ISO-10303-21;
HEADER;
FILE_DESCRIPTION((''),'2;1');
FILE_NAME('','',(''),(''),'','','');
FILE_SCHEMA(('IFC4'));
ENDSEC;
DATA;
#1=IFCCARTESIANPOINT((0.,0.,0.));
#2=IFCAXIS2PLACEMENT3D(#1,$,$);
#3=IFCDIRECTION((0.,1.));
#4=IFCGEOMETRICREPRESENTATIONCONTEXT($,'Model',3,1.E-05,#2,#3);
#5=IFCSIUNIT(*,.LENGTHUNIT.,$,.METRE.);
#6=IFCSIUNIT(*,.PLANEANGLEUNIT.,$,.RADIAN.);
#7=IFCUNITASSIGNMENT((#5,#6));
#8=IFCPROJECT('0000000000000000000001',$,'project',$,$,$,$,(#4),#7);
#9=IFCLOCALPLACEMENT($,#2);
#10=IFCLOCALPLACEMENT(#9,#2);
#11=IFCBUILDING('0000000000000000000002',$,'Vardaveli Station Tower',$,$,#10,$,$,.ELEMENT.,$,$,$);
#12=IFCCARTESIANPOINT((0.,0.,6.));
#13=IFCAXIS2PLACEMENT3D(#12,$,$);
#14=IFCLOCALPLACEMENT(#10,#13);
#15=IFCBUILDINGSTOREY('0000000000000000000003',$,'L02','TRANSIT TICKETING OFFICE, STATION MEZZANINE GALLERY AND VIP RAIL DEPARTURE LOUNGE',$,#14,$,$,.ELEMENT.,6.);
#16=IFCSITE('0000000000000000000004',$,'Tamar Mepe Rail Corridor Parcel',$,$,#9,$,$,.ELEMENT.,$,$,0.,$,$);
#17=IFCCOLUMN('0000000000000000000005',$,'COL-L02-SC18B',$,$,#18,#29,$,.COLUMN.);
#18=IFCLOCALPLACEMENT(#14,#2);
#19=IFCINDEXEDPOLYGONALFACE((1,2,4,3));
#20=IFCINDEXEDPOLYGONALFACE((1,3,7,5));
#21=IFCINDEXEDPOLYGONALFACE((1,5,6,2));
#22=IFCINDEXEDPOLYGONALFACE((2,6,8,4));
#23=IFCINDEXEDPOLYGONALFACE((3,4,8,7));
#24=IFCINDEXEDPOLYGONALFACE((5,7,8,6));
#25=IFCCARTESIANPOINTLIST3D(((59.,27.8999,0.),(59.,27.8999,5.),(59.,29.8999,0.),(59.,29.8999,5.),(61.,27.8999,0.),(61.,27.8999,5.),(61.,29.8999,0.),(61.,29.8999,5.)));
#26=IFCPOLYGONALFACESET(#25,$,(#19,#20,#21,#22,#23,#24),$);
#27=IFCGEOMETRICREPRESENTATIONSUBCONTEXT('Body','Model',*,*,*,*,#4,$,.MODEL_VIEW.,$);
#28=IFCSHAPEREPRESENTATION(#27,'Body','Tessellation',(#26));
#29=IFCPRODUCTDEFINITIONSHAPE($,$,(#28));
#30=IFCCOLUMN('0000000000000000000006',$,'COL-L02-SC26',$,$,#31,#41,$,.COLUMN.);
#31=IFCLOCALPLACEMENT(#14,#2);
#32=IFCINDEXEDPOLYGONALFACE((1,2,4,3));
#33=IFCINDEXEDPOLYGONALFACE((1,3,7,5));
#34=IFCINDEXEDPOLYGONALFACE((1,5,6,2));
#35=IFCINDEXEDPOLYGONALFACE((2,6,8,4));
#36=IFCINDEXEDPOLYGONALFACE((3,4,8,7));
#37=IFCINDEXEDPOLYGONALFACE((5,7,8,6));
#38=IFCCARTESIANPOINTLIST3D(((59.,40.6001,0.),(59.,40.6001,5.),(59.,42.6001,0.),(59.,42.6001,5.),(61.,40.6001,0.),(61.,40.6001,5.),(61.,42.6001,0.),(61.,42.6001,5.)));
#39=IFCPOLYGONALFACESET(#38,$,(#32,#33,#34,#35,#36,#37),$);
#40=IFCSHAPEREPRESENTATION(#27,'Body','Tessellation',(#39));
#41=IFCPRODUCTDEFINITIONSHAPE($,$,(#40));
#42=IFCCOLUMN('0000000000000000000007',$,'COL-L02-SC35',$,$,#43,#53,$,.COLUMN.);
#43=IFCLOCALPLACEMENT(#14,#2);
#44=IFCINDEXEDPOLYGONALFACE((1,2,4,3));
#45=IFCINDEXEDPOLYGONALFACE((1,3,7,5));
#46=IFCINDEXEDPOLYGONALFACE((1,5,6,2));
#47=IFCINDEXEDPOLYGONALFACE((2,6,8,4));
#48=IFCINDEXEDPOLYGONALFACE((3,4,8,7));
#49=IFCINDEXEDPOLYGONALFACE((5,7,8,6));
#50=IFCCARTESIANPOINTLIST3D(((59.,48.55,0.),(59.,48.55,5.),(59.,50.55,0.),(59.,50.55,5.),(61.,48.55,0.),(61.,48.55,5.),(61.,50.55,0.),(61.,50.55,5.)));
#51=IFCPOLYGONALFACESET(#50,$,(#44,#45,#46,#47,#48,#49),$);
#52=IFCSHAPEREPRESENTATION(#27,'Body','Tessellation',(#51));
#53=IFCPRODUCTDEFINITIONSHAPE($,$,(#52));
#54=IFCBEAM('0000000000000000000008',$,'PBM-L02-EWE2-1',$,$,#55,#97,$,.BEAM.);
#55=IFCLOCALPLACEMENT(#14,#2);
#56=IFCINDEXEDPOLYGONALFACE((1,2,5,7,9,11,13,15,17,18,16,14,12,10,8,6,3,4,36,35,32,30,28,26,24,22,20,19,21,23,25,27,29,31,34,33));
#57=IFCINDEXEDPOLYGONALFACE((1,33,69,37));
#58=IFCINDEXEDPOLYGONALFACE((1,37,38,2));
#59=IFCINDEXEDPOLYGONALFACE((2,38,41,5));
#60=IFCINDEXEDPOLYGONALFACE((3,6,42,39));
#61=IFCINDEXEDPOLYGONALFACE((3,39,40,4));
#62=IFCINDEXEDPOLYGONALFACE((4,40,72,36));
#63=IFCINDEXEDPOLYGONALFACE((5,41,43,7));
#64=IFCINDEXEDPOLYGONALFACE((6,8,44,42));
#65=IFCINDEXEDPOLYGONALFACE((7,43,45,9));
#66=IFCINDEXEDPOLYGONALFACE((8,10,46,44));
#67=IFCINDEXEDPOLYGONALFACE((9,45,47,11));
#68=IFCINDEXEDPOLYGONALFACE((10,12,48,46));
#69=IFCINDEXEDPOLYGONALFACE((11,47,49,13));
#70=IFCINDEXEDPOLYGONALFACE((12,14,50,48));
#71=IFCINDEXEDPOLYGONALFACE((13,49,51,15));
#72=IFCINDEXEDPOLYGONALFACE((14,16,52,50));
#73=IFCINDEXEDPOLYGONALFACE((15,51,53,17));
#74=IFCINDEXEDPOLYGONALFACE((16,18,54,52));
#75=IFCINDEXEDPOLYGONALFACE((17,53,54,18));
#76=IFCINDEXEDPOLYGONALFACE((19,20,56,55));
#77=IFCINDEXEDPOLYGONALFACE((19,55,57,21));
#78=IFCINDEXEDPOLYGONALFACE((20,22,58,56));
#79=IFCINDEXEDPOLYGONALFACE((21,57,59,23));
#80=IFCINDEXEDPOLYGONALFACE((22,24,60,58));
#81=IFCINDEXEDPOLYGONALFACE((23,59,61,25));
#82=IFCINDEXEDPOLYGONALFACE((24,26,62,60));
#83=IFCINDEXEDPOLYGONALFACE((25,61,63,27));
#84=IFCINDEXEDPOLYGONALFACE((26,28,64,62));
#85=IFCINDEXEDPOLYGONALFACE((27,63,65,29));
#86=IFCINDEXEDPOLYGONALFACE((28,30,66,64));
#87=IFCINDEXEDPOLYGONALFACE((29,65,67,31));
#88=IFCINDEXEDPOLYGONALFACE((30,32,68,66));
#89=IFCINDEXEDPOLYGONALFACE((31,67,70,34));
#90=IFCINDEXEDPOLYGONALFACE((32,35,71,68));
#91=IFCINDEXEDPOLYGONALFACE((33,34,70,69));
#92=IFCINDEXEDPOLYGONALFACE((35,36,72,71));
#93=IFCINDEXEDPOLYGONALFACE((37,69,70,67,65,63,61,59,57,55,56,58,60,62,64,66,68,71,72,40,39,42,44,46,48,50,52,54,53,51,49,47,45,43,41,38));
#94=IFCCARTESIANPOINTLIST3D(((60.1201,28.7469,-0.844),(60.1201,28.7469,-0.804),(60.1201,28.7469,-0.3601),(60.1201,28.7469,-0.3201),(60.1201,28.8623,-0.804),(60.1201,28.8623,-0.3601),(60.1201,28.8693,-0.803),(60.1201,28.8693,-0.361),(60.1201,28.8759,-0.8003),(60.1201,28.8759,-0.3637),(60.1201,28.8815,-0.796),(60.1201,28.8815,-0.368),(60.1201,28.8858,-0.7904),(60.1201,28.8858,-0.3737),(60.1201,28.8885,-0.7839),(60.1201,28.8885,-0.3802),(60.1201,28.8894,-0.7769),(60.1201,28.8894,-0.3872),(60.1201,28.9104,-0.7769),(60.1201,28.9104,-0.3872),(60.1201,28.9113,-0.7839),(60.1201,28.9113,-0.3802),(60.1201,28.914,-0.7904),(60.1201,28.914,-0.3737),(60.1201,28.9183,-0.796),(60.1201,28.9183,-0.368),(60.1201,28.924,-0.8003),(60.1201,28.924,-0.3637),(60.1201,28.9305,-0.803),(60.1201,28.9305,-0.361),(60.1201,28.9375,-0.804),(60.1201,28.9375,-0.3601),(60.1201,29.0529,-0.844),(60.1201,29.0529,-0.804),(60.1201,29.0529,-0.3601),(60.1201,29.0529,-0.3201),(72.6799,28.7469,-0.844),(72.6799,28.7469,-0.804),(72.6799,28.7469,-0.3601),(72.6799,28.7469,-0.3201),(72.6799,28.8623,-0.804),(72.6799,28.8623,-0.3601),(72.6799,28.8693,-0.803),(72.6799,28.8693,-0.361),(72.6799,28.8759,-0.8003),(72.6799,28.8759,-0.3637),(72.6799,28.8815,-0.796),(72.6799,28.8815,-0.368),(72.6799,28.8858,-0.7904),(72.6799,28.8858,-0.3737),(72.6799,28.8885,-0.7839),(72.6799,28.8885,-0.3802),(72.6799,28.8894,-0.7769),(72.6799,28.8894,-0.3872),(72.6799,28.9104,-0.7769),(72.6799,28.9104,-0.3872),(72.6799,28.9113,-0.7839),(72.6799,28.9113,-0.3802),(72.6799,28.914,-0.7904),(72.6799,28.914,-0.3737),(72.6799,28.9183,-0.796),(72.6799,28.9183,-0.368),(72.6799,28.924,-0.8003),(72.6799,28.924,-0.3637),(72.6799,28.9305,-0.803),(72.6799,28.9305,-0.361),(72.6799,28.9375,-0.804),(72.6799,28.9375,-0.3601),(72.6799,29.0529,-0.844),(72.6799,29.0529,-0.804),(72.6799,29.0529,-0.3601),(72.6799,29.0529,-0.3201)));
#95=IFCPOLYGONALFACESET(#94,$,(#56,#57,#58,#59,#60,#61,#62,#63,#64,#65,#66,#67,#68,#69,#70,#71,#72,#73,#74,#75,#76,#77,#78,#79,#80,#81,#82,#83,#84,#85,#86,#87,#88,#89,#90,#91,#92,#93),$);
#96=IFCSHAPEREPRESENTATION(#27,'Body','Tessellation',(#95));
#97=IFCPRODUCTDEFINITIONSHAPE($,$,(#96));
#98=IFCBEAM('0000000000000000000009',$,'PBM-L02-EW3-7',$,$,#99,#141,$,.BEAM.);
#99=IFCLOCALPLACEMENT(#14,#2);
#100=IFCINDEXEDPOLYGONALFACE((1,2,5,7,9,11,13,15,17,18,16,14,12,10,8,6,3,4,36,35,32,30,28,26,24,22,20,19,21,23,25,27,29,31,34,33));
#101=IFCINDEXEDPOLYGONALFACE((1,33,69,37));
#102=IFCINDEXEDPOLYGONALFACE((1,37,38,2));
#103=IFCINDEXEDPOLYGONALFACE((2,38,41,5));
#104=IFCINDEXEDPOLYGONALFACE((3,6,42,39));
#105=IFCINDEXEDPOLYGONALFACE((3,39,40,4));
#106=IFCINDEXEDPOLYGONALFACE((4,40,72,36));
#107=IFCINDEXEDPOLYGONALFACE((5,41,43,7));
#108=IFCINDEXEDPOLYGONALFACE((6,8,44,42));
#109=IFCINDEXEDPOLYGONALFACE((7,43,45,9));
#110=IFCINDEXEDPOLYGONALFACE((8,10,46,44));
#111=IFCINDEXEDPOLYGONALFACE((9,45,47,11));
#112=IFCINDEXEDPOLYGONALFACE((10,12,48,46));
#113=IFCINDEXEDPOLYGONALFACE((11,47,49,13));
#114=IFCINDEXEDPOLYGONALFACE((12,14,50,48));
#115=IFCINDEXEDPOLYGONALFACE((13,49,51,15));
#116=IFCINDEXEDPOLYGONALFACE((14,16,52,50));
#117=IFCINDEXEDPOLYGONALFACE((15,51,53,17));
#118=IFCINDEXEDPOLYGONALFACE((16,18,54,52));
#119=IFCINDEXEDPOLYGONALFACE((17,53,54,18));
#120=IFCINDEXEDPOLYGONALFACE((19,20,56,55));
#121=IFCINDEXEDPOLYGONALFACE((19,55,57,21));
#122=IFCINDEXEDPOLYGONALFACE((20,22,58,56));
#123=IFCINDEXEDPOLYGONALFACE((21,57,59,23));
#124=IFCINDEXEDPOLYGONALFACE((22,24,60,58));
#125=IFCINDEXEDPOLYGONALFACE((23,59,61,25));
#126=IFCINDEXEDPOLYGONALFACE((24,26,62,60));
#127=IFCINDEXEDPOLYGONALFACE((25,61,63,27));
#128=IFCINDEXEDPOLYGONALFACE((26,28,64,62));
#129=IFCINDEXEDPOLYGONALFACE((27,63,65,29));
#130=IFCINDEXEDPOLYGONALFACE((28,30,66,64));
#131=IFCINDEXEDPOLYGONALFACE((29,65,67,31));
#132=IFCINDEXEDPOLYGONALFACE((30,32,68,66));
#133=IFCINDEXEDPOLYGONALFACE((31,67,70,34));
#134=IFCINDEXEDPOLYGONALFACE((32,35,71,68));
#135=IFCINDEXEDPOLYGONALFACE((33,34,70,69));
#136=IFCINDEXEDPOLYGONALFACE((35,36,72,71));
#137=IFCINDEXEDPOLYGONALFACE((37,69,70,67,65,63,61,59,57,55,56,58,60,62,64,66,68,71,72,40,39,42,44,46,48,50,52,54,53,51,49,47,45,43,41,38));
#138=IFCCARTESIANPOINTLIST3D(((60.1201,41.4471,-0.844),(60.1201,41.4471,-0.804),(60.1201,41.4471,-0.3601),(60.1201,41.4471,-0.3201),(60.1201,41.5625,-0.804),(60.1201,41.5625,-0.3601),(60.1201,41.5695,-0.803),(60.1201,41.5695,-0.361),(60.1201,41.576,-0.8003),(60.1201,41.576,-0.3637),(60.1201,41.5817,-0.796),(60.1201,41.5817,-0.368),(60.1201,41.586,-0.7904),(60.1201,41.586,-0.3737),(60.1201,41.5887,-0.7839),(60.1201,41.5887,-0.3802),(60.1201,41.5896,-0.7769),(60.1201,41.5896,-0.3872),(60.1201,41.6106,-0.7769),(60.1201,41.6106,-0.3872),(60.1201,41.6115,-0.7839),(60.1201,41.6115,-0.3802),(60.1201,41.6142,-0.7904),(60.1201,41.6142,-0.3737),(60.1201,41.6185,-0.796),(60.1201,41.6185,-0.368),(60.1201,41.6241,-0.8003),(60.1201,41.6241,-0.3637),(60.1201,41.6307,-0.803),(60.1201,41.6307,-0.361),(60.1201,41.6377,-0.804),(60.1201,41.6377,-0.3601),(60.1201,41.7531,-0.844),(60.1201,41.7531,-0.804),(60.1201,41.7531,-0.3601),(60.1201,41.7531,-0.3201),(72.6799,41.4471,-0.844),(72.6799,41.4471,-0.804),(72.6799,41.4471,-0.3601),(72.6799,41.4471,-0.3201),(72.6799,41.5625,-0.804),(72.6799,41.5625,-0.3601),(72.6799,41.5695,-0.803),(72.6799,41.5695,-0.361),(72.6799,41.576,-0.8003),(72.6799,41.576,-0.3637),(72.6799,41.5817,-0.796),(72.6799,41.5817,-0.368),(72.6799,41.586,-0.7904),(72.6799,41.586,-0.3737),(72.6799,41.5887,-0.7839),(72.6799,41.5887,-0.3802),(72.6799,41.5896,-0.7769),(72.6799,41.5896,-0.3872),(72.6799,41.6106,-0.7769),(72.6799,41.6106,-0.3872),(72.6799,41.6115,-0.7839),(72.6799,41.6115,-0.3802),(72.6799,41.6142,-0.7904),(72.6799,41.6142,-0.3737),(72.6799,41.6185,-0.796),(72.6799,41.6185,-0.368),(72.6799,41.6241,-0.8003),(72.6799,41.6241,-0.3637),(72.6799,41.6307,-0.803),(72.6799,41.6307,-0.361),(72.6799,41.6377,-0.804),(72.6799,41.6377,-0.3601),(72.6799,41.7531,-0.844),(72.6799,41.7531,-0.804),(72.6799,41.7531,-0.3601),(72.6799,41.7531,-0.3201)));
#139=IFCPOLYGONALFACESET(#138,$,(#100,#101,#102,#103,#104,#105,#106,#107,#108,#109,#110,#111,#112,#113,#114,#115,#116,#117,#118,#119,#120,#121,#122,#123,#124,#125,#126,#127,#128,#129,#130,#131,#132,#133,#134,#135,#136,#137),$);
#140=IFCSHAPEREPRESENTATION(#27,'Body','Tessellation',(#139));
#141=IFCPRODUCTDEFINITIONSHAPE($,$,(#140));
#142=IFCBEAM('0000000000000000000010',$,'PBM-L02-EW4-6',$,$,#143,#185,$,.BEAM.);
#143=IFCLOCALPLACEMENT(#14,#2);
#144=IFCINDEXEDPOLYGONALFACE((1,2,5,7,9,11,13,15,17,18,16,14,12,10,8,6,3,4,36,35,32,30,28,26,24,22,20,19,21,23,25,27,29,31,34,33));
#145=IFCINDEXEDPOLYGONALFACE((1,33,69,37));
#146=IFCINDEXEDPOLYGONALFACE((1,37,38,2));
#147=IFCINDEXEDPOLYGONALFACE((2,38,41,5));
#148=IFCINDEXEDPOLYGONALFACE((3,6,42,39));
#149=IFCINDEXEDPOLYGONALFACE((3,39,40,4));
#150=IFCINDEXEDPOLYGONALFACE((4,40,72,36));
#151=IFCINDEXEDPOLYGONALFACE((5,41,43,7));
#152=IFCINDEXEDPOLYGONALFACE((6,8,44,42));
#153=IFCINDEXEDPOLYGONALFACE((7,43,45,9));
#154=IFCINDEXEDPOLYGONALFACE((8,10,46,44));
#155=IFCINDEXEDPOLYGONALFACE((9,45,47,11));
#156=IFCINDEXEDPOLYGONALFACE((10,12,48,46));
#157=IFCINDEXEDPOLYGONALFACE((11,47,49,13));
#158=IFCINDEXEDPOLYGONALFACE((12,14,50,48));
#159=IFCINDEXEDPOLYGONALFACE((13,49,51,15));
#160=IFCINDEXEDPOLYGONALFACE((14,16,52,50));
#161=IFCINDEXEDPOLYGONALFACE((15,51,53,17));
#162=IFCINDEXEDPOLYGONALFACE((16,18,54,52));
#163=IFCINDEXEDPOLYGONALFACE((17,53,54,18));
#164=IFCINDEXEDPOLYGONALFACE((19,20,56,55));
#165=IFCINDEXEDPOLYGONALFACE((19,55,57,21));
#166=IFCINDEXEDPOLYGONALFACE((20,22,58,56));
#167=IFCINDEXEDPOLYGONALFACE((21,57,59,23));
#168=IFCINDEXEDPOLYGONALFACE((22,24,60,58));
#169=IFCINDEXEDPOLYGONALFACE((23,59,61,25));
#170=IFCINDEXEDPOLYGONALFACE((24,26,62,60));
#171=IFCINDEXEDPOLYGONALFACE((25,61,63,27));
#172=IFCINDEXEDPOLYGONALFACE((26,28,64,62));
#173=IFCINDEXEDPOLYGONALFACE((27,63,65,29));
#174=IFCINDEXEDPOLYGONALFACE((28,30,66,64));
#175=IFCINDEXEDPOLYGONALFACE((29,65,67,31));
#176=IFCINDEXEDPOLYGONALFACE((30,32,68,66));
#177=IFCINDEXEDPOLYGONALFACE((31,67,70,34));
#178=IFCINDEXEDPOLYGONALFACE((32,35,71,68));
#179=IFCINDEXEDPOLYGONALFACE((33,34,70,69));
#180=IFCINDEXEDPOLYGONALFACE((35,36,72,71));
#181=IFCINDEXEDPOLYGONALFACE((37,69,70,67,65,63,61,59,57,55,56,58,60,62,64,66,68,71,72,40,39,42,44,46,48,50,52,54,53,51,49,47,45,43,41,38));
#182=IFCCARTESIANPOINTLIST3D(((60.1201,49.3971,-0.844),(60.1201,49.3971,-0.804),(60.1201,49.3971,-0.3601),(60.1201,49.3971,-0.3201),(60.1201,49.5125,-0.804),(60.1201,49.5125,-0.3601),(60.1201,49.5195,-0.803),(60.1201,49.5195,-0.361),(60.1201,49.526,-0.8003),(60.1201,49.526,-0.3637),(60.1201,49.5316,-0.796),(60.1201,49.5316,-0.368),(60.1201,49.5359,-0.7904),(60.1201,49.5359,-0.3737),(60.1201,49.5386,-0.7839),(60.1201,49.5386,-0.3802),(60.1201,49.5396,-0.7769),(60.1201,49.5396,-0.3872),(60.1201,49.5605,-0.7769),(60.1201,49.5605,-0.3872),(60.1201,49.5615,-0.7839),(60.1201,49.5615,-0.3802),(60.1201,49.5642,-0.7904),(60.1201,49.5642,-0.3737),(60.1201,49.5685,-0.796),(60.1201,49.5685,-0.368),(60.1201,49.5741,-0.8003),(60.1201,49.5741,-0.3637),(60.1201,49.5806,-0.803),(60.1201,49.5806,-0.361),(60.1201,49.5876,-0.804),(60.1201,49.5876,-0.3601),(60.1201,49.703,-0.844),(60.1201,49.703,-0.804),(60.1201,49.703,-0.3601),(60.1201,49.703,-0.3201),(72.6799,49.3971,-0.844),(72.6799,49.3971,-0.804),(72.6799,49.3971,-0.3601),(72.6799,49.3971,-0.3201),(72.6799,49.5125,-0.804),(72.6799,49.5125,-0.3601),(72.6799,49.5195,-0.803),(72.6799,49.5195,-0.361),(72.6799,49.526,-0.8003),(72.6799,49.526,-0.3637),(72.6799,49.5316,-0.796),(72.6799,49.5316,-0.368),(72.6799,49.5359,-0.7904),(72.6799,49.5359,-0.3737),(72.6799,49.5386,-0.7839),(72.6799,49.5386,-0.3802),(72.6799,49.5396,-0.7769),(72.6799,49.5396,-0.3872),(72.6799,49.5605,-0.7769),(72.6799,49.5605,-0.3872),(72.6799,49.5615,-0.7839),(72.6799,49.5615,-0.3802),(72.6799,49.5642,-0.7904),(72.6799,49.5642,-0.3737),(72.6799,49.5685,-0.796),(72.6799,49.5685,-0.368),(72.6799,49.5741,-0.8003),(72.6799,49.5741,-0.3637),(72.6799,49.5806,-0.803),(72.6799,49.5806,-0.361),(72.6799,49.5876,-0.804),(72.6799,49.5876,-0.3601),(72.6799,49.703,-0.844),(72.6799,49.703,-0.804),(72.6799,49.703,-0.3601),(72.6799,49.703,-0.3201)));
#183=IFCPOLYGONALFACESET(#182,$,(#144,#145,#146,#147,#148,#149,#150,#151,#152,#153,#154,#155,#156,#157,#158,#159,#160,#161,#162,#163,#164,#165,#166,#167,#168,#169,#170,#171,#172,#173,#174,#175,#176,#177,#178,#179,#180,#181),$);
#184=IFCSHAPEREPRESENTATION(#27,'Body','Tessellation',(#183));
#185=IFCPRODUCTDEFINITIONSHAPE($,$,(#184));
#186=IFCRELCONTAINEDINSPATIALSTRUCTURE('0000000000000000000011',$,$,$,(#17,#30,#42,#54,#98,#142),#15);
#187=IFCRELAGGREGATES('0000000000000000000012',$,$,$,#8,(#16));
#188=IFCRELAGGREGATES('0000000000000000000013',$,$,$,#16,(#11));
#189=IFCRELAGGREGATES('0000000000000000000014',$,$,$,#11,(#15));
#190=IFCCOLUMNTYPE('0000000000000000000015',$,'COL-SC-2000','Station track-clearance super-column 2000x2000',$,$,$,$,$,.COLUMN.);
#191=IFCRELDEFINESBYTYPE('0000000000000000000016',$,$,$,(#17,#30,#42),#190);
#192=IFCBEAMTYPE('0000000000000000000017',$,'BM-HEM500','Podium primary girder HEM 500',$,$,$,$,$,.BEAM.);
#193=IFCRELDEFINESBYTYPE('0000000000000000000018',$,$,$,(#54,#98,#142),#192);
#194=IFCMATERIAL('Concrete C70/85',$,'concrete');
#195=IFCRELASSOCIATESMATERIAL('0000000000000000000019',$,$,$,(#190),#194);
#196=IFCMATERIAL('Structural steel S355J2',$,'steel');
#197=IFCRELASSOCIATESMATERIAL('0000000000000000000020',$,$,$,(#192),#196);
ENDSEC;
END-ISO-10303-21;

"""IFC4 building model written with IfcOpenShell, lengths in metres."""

from ifc_helpers import new_model, si_unit, direction, frame, origin, origin_2d, place, context, subcontext, project, spatial, rectangle, i_section, extrude, source, transform, mapped, material, material_profile, profile_set, type_object, element, save


model = new_model("IFC4")

# Units and contexts
model_context = context("Model", 3, precision=1e-05, world=origin(), true_north=direction((0.0, 1.0)))
body_context = subcontext(model_context, "Body", "Model", "MODEL_VIEW")
ifc_project = project(units=[si_unit("LENGTHUNIT", "METRE"), si_unit("PLANEANGLEUNIT", "RADIAN")], contexts=[model_context])

# Site, building, storey
site_placement = place(None, origin())
site = spatial("IfcSite", under=ifc_project, at=site_placement, Name="Tamar Mepe Rail Corridor Parcel", CompositionType="ELEMENT", RefElevation=0.0)
building_placement = place(site_placement, origin())
building = spatial("IfcBuilding", under=site, at=building_placement, Name="Vardaveli Station Tower", CompositionType="ELEMENT")
storey_placement = place(building_placement, frame((0.0, 0.0, 6.0)))
storey = spatial("IfcBuildingStorey", under=building, at=storey_placement, Name="L02", Description="TRANSIT TICKETING OFFICE, STATION MEZZANINE GALLERY AND VIP RAIL DEPARTURE LOUNGE", CompositionType="ELEMENT", Elevation=6.0)

# Columns
ifc_material_1 = material(Name="Concrete C70/85", Category="concrete")
ifc_material_profile_1 = material_profile(ifc_material_1, rectangle(XDim=2.0, YDim=2.0, at=origin_2d()), Name="SC 2000x2000")
ifc_profile_set_1 = profile_set([ifc_material_profile_1], Name="Concrete C70/85")
column_type = type_object("IfcColumnType", Name="COL-SC-2000", Description="Station track-clearance super-column 2000x2000", PredefinedType="COLUMN", material=ifc_profile_set_1)
shared_shape_1 = source(origin(), body_context, "Body", "SweptSolid", [
    extrude(rectangle(XDim=2.0, YDim=2.0, at=origin_2d()), origin(), (0.0, 0.0, 1.0), 5.0),
])
for number, where, z_axis, x_axis, name in (
    (1, (60.0, 28.8999, 0.0), (0.0, 0.0, 1.0), (1.0, 0.0, 0.0), "COL-L02-SC18B"),
    (2, (60.0, 41.6001, 0.0), (0.0, 0.0, 1.0), (1.0, 0.0, 0.0), "COL-L02-SC26"),
    (3, (60.0, 49.55, 0.0), (0.0, 0.0, 1.0), (1.0, 0.0, 0.0), "COL-L02-SC35"),
):
    element("IfcColumn", number, at=place(storey_placement, frame(where, z_axis=z_axis, x_axis=x_axis)), inside=storey, type_object=column_type, Name=name, PredefinedType="COLUMN", context=body_context, shape_type="MappedRepresentation", body=[
        mapped(shared_shape_1, transform((0.0, 0.0, 0.0), scale=1.0)),
    ])

# Beams
ifc_material_2 = material(Name="Structural steel S355J2", Category="steel")
ifc_material_profile_2 = material_profile(ifc_material_2, i_section(OverallWidth=0.3059, OverallDepth=0.5239, WebThickness=0.021, FlangeThickness=0.04, FilletRadius=0.0271, at=origin_2d()), Name="HEM 500")
ifc_profile_set_2 = profile_set([ifc_material_profile_2], Name="Structural steel S355J2")
beam_type_1 = type_object("IfcBeamType", Name="BM-HEM500", Description="Podium primary girder HEM 500", PredefinedType="BEAM", material=ifc_profile_set_2)
shared_shape_2 = source(origin(), body_context, "Body", "SweptSolid", [
    extrude(i_section(OverallWidth=0.3059, OverallDepth=0.5239, WebThickness=0.021, FlangeThickness=0.04, FilletRadius=0.0271, at=origin_2d()), origin(), (0.0, 0.0, 1.0), 12.5598),
])
for number, where, z_axis, x_axis, name in (
    (4, (60.1201, 28.8999, -0.582), (1.0, 0.0, 0.0), (0.0, 1.0, 0.0), "PBM-L02-EWE2-1"),
    (5, (60.1201, 41.6001, -0.582), (1.0, 0.0, 0.0), (0.0, 1.0, 0.0), "PBM-L02-EW3-7"),
    (6, (60.1201, 49.55, -0.582), (1.0, 0.0, 0.0), (0.0, 1.0, 0.0), "PBM-L02-EW4-6"),
):
    element("IfcBeam", number, at=place(storey_placement, frame(where, z_axis=z_axis, x_axis=x_axis)), inside=storey, type_object=beam_type_1, Name=name, PredefinedType="BEAM", context=body_context, shape_type="MappedRepresentation", body=[
        mapped(shared_shape_2, transform((0.0, 0.0, 0.0), scale=1.0)),
    ])

save(model, "model.ifc")
